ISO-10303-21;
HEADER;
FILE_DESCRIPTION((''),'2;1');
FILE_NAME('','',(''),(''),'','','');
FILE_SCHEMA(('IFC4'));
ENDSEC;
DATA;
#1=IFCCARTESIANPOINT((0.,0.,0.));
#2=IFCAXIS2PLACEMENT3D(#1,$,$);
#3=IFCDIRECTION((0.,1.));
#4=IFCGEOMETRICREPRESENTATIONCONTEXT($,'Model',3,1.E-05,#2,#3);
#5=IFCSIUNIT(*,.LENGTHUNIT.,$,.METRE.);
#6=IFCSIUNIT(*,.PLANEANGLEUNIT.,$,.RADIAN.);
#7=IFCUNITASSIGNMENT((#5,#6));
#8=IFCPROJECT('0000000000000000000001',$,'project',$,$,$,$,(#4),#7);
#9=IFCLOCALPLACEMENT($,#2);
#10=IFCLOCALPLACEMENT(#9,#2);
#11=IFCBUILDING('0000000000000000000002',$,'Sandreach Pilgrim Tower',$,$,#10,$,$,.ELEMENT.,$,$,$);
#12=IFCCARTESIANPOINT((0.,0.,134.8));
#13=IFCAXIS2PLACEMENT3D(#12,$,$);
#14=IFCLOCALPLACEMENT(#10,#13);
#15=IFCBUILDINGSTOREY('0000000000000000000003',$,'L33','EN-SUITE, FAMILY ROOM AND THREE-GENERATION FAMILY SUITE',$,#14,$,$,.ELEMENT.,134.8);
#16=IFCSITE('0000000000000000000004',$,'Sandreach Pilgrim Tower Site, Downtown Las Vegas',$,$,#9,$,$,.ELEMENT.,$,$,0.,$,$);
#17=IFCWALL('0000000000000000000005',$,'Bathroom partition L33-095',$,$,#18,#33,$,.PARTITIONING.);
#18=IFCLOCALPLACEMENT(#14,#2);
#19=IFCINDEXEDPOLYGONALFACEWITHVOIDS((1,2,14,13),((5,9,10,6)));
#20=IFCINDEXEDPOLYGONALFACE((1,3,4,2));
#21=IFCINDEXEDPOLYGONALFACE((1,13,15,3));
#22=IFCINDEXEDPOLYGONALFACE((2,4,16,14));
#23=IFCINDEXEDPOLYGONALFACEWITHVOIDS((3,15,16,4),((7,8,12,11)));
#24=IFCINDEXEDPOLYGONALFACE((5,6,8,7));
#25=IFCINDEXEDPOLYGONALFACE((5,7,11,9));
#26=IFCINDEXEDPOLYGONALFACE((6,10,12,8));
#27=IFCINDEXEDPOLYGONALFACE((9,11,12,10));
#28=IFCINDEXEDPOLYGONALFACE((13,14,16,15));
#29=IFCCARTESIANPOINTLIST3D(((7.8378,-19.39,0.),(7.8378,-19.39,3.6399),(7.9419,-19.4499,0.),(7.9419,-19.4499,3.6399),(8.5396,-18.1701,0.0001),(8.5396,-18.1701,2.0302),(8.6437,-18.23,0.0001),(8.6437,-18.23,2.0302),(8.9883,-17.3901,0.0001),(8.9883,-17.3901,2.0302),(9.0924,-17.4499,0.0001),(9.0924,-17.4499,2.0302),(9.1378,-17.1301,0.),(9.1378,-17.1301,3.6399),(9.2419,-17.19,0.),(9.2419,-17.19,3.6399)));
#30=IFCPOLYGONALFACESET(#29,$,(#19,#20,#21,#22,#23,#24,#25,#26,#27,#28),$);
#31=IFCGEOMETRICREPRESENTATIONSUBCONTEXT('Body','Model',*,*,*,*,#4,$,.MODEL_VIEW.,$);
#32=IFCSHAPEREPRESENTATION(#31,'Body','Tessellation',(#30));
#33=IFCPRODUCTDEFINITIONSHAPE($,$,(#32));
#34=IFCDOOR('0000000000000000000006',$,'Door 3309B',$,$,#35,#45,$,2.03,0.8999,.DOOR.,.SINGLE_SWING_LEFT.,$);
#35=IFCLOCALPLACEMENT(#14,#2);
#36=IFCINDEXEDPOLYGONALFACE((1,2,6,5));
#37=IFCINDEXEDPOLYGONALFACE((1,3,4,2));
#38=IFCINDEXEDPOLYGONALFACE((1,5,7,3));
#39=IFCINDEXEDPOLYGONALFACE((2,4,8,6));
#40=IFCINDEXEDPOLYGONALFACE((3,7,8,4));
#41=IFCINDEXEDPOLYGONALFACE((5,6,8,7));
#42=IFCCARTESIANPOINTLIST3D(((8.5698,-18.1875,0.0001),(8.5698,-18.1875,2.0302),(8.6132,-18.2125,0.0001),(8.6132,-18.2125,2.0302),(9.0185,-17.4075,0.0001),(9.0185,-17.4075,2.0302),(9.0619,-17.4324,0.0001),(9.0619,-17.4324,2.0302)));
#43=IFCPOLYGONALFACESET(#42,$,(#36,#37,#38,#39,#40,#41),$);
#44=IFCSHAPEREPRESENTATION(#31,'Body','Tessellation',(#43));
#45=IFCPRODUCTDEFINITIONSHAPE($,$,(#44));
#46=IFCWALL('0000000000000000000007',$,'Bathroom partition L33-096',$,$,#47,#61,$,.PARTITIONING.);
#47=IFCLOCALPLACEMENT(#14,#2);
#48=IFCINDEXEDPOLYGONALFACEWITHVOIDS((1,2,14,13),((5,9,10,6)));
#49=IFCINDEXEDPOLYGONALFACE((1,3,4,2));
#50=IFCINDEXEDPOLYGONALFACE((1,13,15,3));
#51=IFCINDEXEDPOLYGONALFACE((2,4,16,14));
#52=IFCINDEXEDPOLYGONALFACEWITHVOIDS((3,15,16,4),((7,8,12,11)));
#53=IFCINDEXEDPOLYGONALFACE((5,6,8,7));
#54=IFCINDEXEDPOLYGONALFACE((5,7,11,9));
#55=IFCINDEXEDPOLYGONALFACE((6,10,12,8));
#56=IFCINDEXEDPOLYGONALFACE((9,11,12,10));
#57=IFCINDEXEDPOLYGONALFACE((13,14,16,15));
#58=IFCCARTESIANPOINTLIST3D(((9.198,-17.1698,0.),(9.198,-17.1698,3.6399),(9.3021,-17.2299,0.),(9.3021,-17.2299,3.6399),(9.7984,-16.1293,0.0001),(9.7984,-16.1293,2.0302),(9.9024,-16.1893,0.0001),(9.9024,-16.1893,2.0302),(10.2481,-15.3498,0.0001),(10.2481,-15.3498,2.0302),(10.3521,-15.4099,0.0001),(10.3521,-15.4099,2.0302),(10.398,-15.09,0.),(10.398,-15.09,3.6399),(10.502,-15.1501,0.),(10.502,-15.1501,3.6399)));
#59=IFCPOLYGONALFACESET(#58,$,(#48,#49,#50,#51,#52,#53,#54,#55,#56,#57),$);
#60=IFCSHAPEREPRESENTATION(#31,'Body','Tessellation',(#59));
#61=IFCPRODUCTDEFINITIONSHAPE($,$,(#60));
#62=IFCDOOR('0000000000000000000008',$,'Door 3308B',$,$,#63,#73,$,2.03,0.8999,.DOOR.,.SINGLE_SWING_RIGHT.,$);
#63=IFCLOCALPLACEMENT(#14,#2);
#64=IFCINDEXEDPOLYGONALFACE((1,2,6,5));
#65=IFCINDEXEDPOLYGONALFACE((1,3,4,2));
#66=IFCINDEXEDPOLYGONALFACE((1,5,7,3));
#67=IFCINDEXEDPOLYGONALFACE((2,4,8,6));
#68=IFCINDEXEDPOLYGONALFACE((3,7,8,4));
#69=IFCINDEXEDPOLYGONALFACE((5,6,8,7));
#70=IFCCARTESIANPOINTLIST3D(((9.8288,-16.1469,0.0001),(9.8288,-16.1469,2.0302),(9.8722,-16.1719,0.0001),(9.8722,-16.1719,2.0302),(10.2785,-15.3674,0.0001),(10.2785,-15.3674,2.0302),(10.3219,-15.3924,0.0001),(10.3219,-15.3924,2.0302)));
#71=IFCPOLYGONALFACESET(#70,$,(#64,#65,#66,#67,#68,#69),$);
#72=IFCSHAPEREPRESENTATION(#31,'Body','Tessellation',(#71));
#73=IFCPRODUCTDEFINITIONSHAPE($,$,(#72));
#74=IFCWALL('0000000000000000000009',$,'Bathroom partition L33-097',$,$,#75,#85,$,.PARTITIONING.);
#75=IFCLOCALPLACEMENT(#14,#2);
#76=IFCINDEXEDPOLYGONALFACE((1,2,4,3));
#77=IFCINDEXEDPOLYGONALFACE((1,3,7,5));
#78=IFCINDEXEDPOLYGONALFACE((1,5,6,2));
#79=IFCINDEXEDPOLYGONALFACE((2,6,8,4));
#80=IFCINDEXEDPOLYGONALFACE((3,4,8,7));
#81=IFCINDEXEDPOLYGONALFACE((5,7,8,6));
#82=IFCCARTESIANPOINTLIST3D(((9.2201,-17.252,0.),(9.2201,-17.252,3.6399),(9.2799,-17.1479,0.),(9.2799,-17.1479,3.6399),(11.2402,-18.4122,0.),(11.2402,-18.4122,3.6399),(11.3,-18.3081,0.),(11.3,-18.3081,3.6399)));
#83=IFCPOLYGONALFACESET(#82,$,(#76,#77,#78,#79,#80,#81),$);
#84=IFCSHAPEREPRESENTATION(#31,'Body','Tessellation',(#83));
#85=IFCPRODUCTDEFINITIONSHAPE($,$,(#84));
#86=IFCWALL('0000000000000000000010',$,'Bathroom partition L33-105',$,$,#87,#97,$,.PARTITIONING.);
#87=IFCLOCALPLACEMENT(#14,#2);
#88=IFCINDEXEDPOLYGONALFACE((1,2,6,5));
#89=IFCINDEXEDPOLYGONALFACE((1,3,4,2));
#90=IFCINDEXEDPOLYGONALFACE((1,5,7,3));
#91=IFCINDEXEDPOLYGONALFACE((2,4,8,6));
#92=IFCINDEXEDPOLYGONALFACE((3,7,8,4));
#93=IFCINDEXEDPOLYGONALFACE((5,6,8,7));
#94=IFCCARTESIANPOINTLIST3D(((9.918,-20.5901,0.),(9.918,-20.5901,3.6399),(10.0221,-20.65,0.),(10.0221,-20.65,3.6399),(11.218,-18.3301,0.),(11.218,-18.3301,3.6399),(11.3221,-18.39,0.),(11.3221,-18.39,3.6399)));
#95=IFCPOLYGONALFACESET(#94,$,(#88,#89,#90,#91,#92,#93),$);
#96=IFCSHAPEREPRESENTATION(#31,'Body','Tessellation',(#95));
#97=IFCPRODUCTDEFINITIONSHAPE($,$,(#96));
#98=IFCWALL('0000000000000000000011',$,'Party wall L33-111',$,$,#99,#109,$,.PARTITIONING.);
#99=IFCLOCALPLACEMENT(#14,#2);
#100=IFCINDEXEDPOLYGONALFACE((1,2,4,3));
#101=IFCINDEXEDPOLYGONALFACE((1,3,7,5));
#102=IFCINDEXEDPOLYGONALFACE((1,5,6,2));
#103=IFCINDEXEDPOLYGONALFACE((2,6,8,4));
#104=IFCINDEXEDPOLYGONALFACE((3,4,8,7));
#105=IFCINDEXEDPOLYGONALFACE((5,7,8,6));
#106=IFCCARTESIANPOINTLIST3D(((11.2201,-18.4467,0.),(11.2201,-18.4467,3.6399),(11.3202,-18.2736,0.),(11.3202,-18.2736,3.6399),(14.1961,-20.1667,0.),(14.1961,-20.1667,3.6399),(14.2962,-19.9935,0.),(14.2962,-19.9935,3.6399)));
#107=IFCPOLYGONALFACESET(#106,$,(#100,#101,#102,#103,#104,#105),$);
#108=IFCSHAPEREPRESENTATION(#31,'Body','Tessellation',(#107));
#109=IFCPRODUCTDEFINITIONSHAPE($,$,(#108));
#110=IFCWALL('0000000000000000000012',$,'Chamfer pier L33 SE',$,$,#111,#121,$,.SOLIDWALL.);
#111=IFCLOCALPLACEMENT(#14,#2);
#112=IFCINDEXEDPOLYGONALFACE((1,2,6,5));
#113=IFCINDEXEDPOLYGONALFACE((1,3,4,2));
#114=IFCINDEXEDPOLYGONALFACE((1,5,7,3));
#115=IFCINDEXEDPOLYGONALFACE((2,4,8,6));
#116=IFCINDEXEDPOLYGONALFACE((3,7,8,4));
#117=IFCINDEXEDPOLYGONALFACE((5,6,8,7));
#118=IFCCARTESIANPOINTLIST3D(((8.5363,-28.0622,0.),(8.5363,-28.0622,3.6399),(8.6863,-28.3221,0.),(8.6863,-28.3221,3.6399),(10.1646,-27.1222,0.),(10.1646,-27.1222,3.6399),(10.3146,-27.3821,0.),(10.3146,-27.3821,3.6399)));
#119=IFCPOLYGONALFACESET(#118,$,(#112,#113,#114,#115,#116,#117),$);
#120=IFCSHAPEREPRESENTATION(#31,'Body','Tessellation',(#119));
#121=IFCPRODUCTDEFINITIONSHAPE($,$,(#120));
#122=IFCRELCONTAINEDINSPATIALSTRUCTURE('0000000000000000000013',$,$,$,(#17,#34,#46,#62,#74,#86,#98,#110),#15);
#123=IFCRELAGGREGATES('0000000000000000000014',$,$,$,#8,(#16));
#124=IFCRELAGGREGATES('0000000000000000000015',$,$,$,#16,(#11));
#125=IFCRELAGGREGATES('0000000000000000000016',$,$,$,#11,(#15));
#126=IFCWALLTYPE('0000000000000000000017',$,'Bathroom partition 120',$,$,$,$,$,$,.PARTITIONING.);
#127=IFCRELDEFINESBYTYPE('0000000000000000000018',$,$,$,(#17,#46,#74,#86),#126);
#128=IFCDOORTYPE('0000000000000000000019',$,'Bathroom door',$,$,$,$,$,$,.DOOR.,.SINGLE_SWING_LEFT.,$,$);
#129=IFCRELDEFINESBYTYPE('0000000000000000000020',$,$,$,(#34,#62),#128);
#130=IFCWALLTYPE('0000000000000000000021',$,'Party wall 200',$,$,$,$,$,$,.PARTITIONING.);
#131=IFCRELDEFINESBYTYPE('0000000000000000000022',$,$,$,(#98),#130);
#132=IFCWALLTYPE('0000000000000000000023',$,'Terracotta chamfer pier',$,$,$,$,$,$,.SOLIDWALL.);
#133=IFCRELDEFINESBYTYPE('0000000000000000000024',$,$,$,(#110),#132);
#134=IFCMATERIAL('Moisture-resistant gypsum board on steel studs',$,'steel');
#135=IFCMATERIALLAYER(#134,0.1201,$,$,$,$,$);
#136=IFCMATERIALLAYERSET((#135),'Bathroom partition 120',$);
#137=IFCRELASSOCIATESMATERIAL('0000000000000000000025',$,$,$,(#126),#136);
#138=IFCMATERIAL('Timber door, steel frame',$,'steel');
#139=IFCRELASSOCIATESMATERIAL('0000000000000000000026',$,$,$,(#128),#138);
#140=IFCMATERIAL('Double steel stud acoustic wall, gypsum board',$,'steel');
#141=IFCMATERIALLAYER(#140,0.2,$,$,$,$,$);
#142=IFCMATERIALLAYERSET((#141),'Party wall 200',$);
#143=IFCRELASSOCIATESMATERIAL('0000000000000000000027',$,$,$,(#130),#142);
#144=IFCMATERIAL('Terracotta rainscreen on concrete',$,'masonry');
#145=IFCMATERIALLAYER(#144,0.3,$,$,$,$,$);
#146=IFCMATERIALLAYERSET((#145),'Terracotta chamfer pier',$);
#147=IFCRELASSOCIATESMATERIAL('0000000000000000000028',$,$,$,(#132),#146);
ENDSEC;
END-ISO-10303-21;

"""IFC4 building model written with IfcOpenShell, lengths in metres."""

from ifc_helpers import new_model, si_unit, direction, frame, frame_2d, origin, place, context, subcontext, project, spatial, rectangle, extrude, material, layer, layer_set, type_object, element, fill, save


model = new_model("IFC4")

# Units and contexts
model_context = context("Model", 3, precision=1e-05, world=origin(), true_north=direction((0.0, 1.0)))
body_context = subcontext(model_context, "Body", "Model", "MODEL_VIEW")
ifc_project = project(units=[si_unit("LENGTHUNIT", "METRE"), si_unit("PLANEANGLEUNIT", "RADIAN")], contexts=[model_context])

# Site, building, storey
site_placement = place(None, origin())
site = spatial("IfcSite", under=ifc_project, at=site_placement, Name="Sandreach Pilgrim Tower Site, Downtown Las Vegas", CompositionType="ELEMENT", RefElevation=0.0)
building_placement = place(site_placement, origin())
building = spatial("IfcBuilding", under=site, at=building_placement, Name="Sandreach Pilgrim Tower", CompositionType="ELEMENT")
storey_placement = place(building_placement, frame((0.0, 0.0, 134.8)))
storey = spatial("IfcBuildingStorey", under=building, at=storey_placement, Name="L33", Description="EN-SUITE, FAMILY ROOM AND THREE-GENERATION FAMILY SUITE", CompositionType="ELEMENT", Elevation=134.8)

# Walls, openings, doors
ifc_material_1 = material(Name="Moisture-resistant gypsum board on steel studs", Category="steel")
ifc_layer_1 = layer(ifc_material_1, 0.1201)
ifc_layer_set_1 = layer_set([ifc_layer_1], Name="Bathroom partition 120")
wall_type_1 = type_object("IfcWallType", Name="Bathroom partition 120", PredefinedType="PARTITIONING", material=ifc_layer_set_1)
wall_1_placement = place(storey_placement, frame((9.1899, -17.1599, 0.0), z_axis=(0.0, 0.0, 1.0), x_axis=(-0.498628, -0.866816, 0.0)))
wall_1 = element("IfcWall", 1, at=wall_1_placement, inside=storey, type_object=wall_type_1, Name="Bathroom partition L33-095", PredefinedType="PARTITIONING", context=body_context, shape_type="SweptSolid", body=[
    extrude(rectangle(XDim=2.6072, YDim=0.1201, at=frame_2d((1.3037, 0.0))), origin(), (0.0, 0.0, 1.0), 3.6399),
])
opening_1_placement = place(wall_1_placement, frame((0.3, 0.0, 0.0)))
opening_1 = element("IfcOpeningElement", 2, at=opening_1_placement, cuts=wall_1, PredefinedType="OPENING", context=body_context, shape_type="SweptSolid", body=[
    extrude(rectangle(XDim=0.8999, YDim=2.03, at=frame_2d((0.45, 1.0151))), frame((0.0, 0.0601, 0.0), z_axis=(0.0, -1.0, 0.0), x_axis=(1.0, 0.0, 0.0)), (0.0, 0.0, 1.0), 0.1201),
])
ifc_material_2 = material(Name="Timber door, steel frame", Category="steel")
door_type = type_object("IfcDoorType", Name="Bathroom door", OperationType="SINGLE_SWING_LEFT", PredefinedType="DOOR", material=ifc_material_2)
door_1_placement = place(opening_1_placement, origin())
door_1 = element("IfcDoor", 3, at=door_1_placement, inside=storey, type_object=door_type, Name="Door 3309B", OperationType="SINGLE_SWING_LEFT", OverallHeight=2.03, OverallWidth=0.8999, PredefinedType="DOOR", context=body_context, shape_type="SweptSolid", body=[
    extrude(rectangle(XDim=0.8999, YDim=2.03, at=frame_2d((0.45, 1.0151))), frame((0.0, 0.0249, 0.0), z_axis=(0.0, -1.0, 0.0), x_axis=(1.0, 0.0, 0.0)), (0.0, 0.0, 1.0), 0.05),
])
fill(opening_1, door_1)
wall_2_placement = place(storey_placement, frame((9.25, -17.2, 0.0), z_axis=(0.0, 0.0, 1.0), x_axis=(0.499737, 0.866177, 0.0)))
wall_2 = element("IfcWall", 4, at=wall_2_placement, inside=storey, type_object=wall_type_1, Name="Bathroom partition L33-096", PredefinedType="PARTITIONING", context=body_context, shape_type="SweptSolid", body=[
    extrude(rectangle(XDim=2.4011, YDim=0.1201, at=frame_2d((1.2007, 0.0))), origin(), (0.0, 0.0, 1.0), 3.6399),
])
opening_2_placement = place(wall_2_placement, frame((1.2014, 0.0, 0.0)))
opening_2 = element("IfcOpeningElement", 5, at=opening_2_placement, cuts=wall_2, PredefinedType="OPENING", context=body_context, shape_type="SweptSolid", body=[
    extrude(rectangle(XDim=0.8999, YDim=2.03, at=frame_2d((0.45, 1.0151))), frame((0.0, 0.0601, 0.0), z_axis=(0.0, -1.0, 0.0), x_axis=(1.0, 0.0, 0.0)), (0.0, 0.0, 1.0), 0.1201),
])
door_2_placement = place(opening_2_placement, origin())
door_2 = element("IfcDoor", 6, at=door_2_placement, inside=storey, type_object=door_type, Name="Door 3308B", OperationType="SINGLE_SWING_RIGHT", OverallHeight=2.03, OverallWidth=0.8999, PredefinedType="DOOR", context=body_context, shape_type="SweptSolid", body=[
    extrude(rectangle(XDim=0.8999, YDim=2.03, at=frame_2d((0.45, 1.0151))), frame((0.0, 0.0249, 0.0), z_axis=(0.0, -1.0, 0.0), x_axis=(1.0, 0.0, 0.0)), (0.0, 0.0, 1.0), 0.05),
])
fill(opening_2, door_2)

# Walls
wall_3_placement = place(storey_placement, frame((9.25, -17.2, 0.0), z_axis=(0.0, 0.0, 1.0), x_axis=(0.867158, -0.498034, 0.0)))
element("IfcWall", 7, at=wall_3_placement, inside=storey, type_object=wall_type_1, Name="Bathroom partition L33-097", PredefinedType="PARTITIONING", context=body_context, shape_type="SweptSolid", body=[
    extrude(rectangle(XDim=2.3296, YDim=0.1201, at=frame_2d((1.1648, 0.0))), origin(), (0.0, 0.0, 1.0), 3.6399),
])
wall_4_placement = place(storey_placement, frame((9.97, -20.6201, 0.0), z_axis=(0.0, 0.0, 1.0), x_axis=(0.498628, 0.866816, 0.0)))
element("IfcWall", 8, at=wall_4_placement, inside=storey, type_object=wall_type_1, Name="Bathroom partition L33-105", PredefinedType="PARTITIONING", context=body_context, shape_type="SweptSolid", body=[
    extrude(rectangle(XDim=2.6072, YDim=0.1201, at=frame_2d((1.3037, 0.0))), origin(), (0.0, 0.0, 1.0), 3.6399),
])
ifc_material_3 = material(Name="Double steel stud acoustic wall, gypsum board", Category="steel")
ifc_layer_2 = layer(ifc_material_3, 0.2)
ifc_layer_set_2 = layer_set([ifc_layer_2], Name="Party wall 200")
wall_type_2 = type_object("IfcWallType", Name="Party wall 200", PredefinedType="PARTITIONING", material=ifc_layer_set_2)
wall_5_placement = place(storey_placement, frame((11.27, -18.3601, 0.0), z_axis=(0.0, 0.0, 1.0), x_axis=(0.865807, -0.500378, 0.0)))
element("IfcWall", 9, at=wall_5_placement, inside=storey, type_object=wall_type_2, Name="Party wall L33-111", PredefinedType="PARTITIONING", context=body_context, shape_type="SweptSolid", body=[
    extrude(rectangle(XDim=3.4373, YDim=0.2, at=frame_2d((1.7188, 0.0))), origin(), (0.0, 0.0, 1.0), 3.6399),
])
ifc_material_4 = material(Name="Terracotta rainscreen on concrete", Category="masonry")
ifc_layer_3 = layer(ifc_material_4, 0.3)
ifc_layer_set_3 = layer_set([ifc_layer_3], Name="Terracotta chamfer pier")
wall_type_3 = type_object("IfcWallType", Name="Terracotta chamfer pier", PredefinedType="SOLIDWALL", material=ifc_layer_set_3)
wall_6_placement = place(storey_placement, frame((10.2395, -27.2522, 0.0), z_axis=(0.0, 0.0, 1.0), x_axis=(-0.866045, -0.499966, 0.0)))
element("IfcWall", 10, at=wall_6_placement, inside=storey, type_object=wall_type_3, Name="Chamfer pier L33 SE", PredefinedType="SOLIDWALL", context=body_context, shape_type="SweptSolid", body=[
    extrude(rectangle(XDim=1.8801, YDim=0.3, at=frame_2d((0.9399, 0.0))), origin(), (0.0, 0.0, 1.0), 3.6399),
])

save(model, "model.ifc")
